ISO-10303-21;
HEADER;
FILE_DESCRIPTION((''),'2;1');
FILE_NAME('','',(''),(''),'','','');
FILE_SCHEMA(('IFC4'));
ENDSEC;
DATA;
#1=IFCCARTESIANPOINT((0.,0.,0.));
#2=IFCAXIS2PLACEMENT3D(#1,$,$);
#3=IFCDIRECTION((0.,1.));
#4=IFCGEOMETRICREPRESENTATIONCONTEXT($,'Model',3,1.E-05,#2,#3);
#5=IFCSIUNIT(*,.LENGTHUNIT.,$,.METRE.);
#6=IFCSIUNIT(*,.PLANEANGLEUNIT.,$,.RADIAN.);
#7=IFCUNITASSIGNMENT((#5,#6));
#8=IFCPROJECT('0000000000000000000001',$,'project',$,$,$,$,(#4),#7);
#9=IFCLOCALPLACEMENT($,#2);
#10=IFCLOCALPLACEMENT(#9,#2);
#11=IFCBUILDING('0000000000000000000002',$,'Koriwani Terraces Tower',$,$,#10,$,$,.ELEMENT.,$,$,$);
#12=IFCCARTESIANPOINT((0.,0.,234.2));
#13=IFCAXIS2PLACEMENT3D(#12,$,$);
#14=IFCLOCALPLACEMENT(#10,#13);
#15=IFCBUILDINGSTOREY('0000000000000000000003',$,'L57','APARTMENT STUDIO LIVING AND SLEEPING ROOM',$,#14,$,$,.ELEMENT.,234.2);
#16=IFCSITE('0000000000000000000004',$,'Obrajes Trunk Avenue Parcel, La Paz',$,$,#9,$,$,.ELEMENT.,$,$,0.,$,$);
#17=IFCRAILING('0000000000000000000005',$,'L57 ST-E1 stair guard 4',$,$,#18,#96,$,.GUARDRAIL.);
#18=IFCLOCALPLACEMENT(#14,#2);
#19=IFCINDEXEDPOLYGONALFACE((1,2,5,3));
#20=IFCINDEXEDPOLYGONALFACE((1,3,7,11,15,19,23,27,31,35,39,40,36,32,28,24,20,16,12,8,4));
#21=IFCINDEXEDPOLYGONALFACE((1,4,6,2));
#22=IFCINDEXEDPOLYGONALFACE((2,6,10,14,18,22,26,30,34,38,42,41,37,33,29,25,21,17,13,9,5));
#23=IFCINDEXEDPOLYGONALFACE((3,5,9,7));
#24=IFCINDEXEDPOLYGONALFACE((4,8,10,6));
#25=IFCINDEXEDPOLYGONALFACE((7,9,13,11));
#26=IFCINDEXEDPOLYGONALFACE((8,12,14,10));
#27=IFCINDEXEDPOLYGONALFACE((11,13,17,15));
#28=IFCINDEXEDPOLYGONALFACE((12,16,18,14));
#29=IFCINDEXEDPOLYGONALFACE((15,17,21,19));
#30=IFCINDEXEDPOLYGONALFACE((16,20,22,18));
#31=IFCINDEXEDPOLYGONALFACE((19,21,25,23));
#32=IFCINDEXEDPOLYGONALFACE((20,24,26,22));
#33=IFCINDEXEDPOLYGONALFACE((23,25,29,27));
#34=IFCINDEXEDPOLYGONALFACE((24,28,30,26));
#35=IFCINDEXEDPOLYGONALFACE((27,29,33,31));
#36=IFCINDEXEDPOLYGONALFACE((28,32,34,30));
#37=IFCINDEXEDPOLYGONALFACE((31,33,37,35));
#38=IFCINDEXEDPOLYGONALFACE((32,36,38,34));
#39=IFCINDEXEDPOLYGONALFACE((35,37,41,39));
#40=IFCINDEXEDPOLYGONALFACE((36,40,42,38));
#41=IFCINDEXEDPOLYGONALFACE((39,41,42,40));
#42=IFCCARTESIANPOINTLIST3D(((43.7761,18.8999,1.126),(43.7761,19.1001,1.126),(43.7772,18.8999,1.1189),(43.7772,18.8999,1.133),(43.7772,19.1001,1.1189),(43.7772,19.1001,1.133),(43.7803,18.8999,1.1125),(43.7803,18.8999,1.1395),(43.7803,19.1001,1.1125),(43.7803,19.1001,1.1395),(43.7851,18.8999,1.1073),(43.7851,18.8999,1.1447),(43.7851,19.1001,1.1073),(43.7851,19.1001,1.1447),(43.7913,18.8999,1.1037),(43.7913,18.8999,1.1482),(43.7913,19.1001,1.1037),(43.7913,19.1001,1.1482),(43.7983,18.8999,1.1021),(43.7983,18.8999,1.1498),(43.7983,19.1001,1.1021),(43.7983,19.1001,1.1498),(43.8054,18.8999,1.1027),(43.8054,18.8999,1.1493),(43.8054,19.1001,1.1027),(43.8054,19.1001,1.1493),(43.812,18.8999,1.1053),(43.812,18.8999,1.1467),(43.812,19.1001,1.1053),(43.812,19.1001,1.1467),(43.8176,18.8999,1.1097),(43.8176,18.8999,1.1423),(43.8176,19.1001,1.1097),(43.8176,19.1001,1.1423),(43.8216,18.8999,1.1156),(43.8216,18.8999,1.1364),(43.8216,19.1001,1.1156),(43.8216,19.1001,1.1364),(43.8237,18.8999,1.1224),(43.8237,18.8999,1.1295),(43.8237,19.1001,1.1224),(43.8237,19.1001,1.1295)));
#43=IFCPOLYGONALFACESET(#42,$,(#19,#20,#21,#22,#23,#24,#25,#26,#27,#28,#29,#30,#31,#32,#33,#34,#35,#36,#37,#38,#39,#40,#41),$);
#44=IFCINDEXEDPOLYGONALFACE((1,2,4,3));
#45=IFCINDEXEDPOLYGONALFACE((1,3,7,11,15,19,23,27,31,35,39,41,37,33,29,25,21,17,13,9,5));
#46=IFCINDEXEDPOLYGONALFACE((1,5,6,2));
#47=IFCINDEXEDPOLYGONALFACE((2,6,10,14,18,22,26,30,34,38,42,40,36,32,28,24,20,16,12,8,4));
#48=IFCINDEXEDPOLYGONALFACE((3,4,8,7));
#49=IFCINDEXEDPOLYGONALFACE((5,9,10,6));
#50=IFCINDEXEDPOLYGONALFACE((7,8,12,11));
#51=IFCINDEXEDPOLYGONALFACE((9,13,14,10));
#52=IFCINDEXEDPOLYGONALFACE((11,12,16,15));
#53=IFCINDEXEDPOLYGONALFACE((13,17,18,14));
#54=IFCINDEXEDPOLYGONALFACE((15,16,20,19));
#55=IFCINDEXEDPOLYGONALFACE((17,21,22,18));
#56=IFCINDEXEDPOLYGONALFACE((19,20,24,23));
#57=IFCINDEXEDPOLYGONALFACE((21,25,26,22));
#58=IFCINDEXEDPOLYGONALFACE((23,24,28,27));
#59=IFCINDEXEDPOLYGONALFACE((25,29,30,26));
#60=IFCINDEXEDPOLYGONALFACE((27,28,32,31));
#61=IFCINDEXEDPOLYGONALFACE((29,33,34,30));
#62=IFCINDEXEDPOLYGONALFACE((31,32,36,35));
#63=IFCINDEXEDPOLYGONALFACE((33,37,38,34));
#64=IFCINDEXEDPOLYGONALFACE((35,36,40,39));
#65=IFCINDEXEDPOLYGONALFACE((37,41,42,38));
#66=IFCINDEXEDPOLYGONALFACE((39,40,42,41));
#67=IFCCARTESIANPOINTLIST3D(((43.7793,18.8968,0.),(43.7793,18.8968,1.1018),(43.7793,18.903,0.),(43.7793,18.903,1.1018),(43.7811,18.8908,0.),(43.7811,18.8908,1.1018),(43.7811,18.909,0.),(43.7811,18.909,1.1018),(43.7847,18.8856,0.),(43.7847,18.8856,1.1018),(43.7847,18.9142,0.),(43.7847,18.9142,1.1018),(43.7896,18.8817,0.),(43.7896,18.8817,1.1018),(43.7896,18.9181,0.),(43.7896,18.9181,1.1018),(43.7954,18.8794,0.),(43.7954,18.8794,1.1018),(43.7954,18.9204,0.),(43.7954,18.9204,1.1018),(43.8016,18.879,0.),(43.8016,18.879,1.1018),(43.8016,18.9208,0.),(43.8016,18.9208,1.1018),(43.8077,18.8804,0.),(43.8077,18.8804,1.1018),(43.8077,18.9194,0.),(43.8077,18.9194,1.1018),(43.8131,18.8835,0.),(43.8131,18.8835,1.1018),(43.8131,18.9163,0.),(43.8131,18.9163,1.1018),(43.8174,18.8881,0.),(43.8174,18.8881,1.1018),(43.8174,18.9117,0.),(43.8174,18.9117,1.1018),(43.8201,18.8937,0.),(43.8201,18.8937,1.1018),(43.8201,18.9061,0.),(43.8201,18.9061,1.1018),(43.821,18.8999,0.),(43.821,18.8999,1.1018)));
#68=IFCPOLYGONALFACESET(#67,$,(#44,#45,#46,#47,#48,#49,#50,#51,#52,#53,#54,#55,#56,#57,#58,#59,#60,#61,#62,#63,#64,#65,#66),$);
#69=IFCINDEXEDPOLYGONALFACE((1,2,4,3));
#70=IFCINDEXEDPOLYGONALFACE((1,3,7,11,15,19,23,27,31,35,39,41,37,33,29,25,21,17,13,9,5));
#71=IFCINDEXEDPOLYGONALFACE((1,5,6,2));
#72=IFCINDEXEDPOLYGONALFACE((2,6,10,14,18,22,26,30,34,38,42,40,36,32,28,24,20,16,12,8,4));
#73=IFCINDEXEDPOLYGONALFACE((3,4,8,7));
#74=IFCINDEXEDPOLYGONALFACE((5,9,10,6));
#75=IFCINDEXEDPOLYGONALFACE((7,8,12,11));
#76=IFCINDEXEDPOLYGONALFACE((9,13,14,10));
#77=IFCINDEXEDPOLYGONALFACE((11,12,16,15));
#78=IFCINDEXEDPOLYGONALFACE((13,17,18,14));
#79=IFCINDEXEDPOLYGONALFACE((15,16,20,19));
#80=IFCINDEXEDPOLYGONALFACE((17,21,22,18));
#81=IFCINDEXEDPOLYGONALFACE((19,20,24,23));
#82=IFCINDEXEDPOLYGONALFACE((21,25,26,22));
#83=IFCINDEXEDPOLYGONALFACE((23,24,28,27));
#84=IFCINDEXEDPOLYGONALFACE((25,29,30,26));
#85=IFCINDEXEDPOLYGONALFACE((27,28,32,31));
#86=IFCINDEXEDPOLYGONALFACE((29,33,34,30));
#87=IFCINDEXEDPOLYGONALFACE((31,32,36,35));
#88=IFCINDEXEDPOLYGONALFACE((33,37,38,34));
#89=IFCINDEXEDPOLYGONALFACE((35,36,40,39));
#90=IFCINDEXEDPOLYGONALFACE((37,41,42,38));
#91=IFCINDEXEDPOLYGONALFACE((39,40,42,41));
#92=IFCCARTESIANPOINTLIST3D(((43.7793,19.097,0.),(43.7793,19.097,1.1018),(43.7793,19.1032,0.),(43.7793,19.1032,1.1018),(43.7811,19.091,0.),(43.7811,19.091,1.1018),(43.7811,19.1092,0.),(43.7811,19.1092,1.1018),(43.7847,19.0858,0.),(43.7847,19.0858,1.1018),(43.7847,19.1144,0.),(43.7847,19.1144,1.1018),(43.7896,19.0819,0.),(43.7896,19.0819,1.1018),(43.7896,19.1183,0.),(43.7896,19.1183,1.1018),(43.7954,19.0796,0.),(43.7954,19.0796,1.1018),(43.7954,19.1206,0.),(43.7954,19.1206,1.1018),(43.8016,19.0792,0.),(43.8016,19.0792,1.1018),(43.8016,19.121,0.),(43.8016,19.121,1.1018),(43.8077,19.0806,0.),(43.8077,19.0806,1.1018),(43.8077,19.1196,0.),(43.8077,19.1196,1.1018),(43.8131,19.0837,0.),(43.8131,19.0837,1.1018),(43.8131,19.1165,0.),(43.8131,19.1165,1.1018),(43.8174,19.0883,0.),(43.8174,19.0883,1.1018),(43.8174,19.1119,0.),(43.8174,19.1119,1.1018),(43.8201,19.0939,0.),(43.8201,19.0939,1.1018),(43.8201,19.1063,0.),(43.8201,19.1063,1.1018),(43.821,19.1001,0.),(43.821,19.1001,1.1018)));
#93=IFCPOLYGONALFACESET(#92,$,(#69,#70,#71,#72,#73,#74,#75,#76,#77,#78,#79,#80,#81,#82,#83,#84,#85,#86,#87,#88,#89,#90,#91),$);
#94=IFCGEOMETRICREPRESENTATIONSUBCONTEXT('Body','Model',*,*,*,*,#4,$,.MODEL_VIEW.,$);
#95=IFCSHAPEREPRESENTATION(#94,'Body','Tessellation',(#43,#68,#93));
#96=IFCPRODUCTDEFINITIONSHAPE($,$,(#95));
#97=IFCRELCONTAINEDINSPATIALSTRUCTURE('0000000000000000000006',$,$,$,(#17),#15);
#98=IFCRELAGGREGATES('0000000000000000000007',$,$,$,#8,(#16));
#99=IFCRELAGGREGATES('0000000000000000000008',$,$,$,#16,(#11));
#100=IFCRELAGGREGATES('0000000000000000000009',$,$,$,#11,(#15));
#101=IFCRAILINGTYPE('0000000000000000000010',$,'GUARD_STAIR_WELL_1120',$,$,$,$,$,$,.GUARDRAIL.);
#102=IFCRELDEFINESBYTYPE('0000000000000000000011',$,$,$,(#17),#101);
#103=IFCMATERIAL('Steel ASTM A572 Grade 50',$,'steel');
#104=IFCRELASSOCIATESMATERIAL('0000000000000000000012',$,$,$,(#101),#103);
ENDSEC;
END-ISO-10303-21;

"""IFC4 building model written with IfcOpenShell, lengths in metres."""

from ifc_helpers import new_model, si_unit, direction, frame, origin, origin_2d, place, context, subcontext, project, spatial, circle, extrude, material, type_object, element, save


model = new_model("IFC4")

# Units and contexts
model_context = context("Model", 3, precision=1e-05, world=origin(), true_north=direction((0.0, 1.0)))
body_context = subcontext(model_context, "Body", "Model", "MODEL_VIEW")
ifc_project = project(units=[si_unit("LENGTHUNIT", "METRE"), si_unit("PLANEANGLEUNIT", "RADIAN")], contexts=[model_context])

# Site, building, storey
site_placement = place(None, origin())
site = spatial("IfcSite", under=ifc_project, at=site_placement, Name="Obrajes Trunk Avenue Parcel, La Paz", CompositionType="ELEMENT", RefElevation=0.0)
building_placement = place(site_placement, origin())
building = spatial("IfcBuilding", under=site, at=building_placement, Name="Koriwani Terraces Tower", CompositionType="ELEMENT")
storey_placement = place(building_placement, frame((0.0, 0.0, 234.2)))
storey = spatial("IfcBuildingStorey", under=building, at=storey_placement, Name="L57", Description="APARTMENT STUDIO LIVING AND SLEEPING ROOM", CompositionType="ELEMENT", Elevation=234.2)

# Shared definitions
ifc_material_1 = material(Name="Steel ASTM A572 Grade 50", Category="steel")

# Railing
railing_type_1 = type_object("IfcRailingType", Name="GUARD_STAIR_WELL_1120", PredefinedType="GUARDRAIL", material=ifc_material_1)
railing_1_placement = place(storey_placement, frame((43.8, 18.8999, 0.0)))
element("IfcRailing", 1, at=railing_1_placement, inside=storey, type_object=railing_type_1, Name="L57 ST-E1 stair guard 4", PredefinedType="GUARDRAIL", context=body_context, shape_type="SweptSolid", body=[
    extrude(circle(Radius=0.0239, at=origin_2d()), frame((0.0, 0.0, 1.126), z_axis=(0.0, 1.0, 0.0), x_axis=(-1.0, 0.0, 0.0)), (0.0, 0.0, 1.0), 0.2002),
    extrude(circle(Radius=0.021, at=origin_2d()), origin(), (0.0, 0.0, 1.0), 1.1018),
    extrude(circle(Radius=0.021, at=origin_2d()), frame((0.0, 0.2002, 0.0)), (0.0, 0.0, 1.0), 1.1018),
])

save(model, "model.ifc")
